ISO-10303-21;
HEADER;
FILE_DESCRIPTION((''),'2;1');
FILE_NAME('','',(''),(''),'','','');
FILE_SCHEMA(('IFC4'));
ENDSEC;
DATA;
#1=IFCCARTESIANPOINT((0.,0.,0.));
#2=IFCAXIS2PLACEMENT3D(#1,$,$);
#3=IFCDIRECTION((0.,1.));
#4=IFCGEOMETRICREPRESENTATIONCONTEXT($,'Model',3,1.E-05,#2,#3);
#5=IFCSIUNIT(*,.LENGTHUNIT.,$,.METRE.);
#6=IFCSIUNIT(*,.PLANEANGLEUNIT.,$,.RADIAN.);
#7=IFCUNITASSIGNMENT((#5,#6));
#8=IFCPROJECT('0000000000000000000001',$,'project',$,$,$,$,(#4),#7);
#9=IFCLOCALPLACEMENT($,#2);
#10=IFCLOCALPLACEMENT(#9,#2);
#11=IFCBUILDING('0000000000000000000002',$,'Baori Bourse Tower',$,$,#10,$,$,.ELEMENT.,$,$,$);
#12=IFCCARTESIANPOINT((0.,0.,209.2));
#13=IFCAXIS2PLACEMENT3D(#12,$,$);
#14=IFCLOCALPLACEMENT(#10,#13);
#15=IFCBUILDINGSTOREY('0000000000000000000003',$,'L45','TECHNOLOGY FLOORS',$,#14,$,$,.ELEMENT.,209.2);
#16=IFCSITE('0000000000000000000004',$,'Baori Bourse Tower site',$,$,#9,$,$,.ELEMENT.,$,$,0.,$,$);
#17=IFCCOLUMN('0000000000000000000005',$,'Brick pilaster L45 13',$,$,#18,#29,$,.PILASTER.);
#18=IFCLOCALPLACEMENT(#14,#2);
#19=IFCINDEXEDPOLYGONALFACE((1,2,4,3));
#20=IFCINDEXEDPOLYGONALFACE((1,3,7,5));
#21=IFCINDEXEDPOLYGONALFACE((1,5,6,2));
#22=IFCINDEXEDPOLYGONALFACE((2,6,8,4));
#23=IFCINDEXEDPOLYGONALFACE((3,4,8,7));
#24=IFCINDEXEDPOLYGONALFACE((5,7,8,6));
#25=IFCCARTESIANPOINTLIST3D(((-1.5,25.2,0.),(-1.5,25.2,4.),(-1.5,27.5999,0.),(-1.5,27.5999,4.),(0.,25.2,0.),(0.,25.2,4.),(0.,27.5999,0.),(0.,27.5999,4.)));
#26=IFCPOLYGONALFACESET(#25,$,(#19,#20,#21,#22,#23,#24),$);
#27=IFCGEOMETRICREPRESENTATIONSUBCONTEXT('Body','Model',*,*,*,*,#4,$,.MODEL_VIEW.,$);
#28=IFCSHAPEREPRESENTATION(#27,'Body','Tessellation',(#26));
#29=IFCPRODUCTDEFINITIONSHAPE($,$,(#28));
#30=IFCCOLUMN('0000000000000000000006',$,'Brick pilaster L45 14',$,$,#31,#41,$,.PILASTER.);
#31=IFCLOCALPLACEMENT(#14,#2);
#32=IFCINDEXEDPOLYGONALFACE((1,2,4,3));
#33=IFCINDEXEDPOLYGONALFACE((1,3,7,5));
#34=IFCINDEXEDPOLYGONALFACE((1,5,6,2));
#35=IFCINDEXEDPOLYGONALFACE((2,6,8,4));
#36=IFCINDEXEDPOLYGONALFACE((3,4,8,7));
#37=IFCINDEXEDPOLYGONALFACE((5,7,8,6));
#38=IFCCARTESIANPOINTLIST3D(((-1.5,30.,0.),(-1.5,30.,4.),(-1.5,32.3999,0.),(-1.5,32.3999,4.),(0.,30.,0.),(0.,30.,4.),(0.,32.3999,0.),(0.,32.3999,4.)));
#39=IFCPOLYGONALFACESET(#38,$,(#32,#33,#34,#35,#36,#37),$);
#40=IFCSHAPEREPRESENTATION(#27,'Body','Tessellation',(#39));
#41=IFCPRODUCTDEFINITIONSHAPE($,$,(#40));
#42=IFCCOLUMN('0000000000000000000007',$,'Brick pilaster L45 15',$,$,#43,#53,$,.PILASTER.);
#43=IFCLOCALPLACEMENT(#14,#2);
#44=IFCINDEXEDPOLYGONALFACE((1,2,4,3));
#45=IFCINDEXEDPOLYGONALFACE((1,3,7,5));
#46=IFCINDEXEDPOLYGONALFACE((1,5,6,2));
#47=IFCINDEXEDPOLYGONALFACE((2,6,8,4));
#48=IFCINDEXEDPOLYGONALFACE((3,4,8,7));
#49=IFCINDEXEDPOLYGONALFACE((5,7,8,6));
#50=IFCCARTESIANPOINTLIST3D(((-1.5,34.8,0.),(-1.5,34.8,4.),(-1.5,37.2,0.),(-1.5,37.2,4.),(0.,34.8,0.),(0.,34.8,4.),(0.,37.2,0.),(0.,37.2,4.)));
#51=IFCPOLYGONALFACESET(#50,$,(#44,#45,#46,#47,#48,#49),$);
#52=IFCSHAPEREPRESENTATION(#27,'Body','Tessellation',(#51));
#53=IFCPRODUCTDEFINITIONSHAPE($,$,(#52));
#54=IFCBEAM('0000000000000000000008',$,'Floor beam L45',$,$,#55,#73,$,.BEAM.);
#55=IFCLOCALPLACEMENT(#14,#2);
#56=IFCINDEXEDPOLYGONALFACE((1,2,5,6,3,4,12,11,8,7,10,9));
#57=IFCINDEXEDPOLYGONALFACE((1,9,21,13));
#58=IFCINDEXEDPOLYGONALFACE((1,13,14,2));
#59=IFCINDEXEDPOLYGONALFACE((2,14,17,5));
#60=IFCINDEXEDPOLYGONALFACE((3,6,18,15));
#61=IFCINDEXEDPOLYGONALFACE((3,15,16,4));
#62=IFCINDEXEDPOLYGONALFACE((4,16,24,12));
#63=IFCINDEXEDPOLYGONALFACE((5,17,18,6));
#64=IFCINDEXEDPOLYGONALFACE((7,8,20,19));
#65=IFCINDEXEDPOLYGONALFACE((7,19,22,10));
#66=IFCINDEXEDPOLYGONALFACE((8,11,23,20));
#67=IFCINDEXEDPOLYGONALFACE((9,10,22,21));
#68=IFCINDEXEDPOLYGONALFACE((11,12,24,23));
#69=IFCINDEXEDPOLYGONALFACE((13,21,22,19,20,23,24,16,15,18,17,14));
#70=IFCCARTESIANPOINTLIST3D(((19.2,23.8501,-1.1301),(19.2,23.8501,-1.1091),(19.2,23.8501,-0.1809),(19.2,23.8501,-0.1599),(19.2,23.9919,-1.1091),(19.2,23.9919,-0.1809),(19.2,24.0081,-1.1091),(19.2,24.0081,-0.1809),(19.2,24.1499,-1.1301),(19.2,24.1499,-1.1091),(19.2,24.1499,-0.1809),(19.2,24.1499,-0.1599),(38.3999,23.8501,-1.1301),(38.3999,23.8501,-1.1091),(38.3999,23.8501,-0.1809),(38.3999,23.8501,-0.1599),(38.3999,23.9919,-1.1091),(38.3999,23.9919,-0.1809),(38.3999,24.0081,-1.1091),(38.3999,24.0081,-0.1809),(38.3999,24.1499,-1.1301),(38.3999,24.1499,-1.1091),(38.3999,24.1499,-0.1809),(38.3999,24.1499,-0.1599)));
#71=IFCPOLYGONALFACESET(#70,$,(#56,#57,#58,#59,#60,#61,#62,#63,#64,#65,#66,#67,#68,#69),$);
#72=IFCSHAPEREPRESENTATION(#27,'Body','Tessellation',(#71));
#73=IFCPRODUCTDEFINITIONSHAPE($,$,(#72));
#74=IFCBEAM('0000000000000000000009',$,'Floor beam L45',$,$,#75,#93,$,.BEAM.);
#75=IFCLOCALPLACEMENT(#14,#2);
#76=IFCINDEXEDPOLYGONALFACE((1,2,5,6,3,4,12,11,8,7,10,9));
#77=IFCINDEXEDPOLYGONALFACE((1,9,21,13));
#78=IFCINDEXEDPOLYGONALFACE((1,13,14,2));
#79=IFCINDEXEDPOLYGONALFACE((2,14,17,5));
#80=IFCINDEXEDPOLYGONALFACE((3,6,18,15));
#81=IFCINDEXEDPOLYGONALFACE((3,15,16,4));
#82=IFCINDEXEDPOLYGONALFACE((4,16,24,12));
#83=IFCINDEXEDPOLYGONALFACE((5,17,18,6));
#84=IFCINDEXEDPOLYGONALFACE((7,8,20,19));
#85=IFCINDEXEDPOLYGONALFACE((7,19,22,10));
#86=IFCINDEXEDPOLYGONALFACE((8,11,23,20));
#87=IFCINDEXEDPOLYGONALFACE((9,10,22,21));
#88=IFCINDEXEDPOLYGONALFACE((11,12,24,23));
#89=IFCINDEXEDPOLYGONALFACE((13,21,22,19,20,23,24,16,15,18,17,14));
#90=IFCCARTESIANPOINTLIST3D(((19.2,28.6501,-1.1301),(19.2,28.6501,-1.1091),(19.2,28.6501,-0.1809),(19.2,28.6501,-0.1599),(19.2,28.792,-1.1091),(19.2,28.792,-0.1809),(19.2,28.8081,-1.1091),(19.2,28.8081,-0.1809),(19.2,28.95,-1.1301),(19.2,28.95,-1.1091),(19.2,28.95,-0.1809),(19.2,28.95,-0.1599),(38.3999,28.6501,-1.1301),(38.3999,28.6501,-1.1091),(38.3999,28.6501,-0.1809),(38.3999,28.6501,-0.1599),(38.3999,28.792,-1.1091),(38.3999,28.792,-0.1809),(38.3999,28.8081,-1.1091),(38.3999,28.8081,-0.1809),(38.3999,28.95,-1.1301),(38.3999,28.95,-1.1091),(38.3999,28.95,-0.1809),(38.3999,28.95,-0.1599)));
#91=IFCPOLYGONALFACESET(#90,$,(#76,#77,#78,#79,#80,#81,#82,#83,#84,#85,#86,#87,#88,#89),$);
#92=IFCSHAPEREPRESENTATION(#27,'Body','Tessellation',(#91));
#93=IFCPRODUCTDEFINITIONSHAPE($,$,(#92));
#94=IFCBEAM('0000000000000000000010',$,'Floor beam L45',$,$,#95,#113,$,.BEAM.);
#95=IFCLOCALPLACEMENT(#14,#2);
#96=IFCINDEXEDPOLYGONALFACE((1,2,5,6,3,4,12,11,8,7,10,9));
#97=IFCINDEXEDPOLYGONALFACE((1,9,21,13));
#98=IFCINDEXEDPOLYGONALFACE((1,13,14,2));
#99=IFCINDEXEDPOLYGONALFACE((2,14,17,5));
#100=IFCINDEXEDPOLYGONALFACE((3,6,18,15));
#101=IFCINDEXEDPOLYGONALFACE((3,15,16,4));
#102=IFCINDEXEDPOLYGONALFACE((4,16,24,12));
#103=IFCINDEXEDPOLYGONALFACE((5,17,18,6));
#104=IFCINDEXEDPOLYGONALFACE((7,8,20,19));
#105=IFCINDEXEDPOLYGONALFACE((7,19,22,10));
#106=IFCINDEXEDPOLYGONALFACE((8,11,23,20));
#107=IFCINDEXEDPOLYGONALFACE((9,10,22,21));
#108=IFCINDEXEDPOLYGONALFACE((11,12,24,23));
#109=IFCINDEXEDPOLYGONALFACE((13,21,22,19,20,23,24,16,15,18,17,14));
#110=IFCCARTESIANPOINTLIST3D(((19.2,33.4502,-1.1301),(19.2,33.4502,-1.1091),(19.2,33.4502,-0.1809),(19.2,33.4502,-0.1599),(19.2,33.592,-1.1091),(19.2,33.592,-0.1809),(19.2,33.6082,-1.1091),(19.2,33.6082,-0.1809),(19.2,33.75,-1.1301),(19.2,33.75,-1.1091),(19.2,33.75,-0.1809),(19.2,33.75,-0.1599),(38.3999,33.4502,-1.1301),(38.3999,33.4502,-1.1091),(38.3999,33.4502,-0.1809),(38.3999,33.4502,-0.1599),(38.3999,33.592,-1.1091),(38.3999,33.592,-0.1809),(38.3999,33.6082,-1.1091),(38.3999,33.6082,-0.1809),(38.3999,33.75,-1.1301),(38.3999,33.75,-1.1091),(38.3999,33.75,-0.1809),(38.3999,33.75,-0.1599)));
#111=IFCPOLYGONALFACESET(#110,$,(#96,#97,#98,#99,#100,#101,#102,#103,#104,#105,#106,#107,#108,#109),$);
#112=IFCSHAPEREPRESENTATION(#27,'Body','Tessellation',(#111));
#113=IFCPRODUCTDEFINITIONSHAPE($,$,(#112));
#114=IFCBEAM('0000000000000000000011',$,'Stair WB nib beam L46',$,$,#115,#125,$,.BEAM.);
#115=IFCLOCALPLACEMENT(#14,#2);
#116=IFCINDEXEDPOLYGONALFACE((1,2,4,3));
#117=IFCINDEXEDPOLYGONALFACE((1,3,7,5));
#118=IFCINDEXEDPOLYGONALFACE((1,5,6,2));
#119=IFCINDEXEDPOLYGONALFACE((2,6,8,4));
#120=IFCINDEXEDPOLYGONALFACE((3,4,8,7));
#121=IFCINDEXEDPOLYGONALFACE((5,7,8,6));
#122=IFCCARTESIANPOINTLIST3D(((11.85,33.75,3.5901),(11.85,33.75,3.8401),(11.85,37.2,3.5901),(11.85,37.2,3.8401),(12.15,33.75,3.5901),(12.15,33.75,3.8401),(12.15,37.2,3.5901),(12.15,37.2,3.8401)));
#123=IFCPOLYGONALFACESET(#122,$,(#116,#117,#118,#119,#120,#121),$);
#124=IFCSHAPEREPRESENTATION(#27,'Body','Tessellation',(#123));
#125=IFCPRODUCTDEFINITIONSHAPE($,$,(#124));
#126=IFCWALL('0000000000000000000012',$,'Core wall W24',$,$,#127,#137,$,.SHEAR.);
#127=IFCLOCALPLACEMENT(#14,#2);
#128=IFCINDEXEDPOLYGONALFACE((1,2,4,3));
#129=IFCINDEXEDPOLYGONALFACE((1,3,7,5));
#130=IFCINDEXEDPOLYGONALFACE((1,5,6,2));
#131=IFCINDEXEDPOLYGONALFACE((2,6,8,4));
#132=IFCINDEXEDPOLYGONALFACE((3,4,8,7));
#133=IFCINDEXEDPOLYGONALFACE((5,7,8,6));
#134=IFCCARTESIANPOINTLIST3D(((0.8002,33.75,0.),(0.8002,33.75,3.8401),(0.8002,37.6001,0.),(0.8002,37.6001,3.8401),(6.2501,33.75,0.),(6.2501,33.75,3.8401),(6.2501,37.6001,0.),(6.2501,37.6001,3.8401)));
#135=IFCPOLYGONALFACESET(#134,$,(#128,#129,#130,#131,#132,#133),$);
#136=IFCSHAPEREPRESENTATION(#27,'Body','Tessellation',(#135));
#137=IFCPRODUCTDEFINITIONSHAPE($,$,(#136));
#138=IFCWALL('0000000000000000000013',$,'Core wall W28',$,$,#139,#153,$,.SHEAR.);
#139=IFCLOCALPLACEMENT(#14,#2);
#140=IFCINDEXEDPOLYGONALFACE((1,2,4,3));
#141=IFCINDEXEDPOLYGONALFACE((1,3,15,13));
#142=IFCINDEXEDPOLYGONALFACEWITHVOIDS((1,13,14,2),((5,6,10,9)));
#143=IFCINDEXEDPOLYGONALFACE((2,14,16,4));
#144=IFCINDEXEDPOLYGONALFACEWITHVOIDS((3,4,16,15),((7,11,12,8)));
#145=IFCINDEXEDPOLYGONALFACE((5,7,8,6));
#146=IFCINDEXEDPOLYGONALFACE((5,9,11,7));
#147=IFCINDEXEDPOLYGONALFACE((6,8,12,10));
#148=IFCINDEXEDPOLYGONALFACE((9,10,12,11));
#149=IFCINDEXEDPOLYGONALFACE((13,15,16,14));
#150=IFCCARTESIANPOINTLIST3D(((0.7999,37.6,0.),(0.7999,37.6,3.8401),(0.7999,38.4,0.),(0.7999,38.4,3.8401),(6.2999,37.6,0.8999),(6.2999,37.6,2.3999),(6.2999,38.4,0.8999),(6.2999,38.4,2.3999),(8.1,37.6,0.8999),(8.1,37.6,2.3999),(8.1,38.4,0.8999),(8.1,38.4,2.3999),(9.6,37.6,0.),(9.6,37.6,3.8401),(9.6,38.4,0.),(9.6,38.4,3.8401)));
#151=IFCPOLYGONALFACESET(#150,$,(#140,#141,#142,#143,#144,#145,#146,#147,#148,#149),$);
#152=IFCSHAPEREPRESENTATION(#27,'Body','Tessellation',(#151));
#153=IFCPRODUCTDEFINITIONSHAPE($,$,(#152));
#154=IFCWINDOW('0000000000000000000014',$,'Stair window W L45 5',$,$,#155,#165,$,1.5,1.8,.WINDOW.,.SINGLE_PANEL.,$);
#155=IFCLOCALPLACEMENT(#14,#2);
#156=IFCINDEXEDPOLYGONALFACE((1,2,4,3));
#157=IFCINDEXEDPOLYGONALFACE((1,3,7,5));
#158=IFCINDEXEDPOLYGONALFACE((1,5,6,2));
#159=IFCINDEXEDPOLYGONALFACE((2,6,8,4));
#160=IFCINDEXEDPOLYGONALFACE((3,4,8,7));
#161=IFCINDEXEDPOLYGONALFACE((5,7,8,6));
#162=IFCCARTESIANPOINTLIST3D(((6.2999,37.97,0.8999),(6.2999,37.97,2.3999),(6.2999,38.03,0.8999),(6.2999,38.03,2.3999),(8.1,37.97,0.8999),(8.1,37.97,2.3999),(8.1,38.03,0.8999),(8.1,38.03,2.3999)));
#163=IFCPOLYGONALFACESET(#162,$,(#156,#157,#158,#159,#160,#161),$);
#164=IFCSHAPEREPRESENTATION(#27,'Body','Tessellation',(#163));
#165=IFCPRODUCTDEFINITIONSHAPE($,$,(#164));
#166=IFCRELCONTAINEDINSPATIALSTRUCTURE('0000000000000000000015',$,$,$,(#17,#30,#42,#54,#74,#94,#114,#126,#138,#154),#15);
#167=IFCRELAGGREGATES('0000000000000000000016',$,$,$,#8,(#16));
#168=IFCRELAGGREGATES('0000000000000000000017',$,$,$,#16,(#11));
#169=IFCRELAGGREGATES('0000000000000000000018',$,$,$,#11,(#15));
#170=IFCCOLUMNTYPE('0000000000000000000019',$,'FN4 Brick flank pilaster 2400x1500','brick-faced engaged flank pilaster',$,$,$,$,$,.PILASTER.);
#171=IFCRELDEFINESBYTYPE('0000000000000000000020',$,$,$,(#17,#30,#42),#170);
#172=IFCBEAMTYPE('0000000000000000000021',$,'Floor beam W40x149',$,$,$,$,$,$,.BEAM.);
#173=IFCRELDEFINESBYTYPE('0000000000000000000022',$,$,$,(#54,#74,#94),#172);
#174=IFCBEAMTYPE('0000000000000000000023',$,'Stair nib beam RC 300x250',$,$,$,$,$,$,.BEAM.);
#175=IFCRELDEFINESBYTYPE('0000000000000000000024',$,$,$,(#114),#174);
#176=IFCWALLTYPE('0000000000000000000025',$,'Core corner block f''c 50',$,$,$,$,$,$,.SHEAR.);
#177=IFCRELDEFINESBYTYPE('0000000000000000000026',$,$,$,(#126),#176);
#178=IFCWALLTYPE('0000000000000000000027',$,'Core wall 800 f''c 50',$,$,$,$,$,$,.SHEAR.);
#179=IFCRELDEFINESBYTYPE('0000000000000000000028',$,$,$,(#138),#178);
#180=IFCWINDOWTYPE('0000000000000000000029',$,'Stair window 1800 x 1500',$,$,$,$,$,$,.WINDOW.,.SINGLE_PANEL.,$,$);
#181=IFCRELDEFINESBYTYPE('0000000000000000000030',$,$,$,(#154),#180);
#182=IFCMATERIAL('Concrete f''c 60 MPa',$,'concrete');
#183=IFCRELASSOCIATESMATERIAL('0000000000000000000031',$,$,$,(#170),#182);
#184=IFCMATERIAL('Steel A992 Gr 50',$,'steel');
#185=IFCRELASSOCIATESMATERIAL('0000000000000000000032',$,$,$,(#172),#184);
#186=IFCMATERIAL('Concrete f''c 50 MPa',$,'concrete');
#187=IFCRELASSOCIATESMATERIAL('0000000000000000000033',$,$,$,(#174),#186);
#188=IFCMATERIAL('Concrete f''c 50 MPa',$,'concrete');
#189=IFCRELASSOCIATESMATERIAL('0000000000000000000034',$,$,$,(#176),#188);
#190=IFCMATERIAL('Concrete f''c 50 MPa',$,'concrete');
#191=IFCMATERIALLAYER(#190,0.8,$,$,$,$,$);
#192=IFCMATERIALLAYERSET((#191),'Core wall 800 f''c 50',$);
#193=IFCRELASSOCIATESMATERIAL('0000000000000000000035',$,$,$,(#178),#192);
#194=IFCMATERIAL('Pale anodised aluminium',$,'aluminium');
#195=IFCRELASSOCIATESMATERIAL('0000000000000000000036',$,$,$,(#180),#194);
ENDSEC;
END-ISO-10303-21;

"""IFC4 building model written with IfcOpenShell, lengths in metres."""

from ifc_helpers import new_model, si_unit, direction, frame, frame_2d, origin, origin_2d, place, context, subcontext, project, spatial, rectangle, i_section, extrude, material, layer, layer_set, material_profile, profile_set, type_object, element, fill, save


model = new_model("IFC4")

# Units and contexts
model_context = context("Model", 3, precision=1e-05, world=origin(), true_north=direction((0.0, 1.0)))
body_context = subcontext(model_context, "Body", "Model", "MODEL_VIEW")
ifc_project = project(units=[si_unit("LENGTHUNIT", "METRE"), si_unit("PLANEANGLEUNIT", "RADIAN")], contexts=[model_context])

# Site, building, storey
site_placement = place(None, origin())
site = spatial("IfcSite", under=ifc_project, at=site_placement, Name="Baori Bourse Tower site", CompositionType="ELEMENT", RefElevation=0.0)
building_placement = place(site_placement, origin())
building = spatial("IfcBuilding", under=site, at=building_placement, Name="Baori Bourse Tower", CompositionType="ELEMENT")
storey_placement = place(building_placement, frame((0.0, 0.0, 209.2)))
storey = spatial("IfcBuildingStorey", under=building, at=storey_placement, Name="L45", Description="TECHNOLOGY FLOORS", CompositionType="ELEMENT", Elevation=209.2)

# Columns
ifc_material_1 = material(Name="Concrete f'c 60 MPa", Category="concrete")
ifc_material_profile_1 = material_profile(ifc_material_1, rectangle(XDim=2.3999, YDim=1.5, at=origin_2d()), Name="RC 2400x1500")
ifc_profile_set_1 = profile_set([ifc_material_profile_1], Name="Concrete f'c 60 MPa")
column_type = type_object("IfcColumnType", Name="FN4 Brick flank pilaster 2400x1500", Description="brick-faced engaged flank pilaster", PredefinedType="PILASTER", material=ifc_profile_set_1)
for number, where, z_axis, x_axis, name in (
    (1, (-0.75, 26.3999, 0.0), (0.0, 0.0, 1.0), (0.0, 1.0, 0.0), "Brick pilaster L45 13"),
    (2, (-0.75, 31.2, 0.0), (0.0, 0.0, 1.0), (0.0, 1.0, 0.0), "Brick pilaster L45 14"),
    (3, (-0.75, 36.0, 0.0), (0.0, 0.0, 1.0), (0.0, 1.0, 0.0), "Brick pilaster L45 15"),
):
    element("IfcColumn", number, at=place(storey_placement, frame(where, z_axis=z_axis, x_axis=x_axis)), inside=storey, type_object=column_type, Name=name, PredefinedType="PILASTER", context=body_context, shape_type="SweptSolid", body=[
        extrude(rectangle(XDim=2.3999, YDim=1.5, at=origin_2d()), origin(), (0.0, 0.0, 1.0), 4.0),
    ])

# Beams
ifc_material_2 = material(Name="Steel A992 Gr 50", Category="steel")
ifc_material_profile_2 = material_profile(ifc_material_2, i_section(OverallWidth=0.2998, OverallDepth=0.9702, WebThickness=0.0161, FlangeThickness=0.021, at=origin_2d()), Name="W40x149")
ifc_profile_set_2 = profile_set([ifc_material_profile_2], Name="Steel A992 Gr 50")
beam_type_1 = type_object("IfcBeamType", Name="Floor beam W40x149", PredefinedType="BEAM", material=ifc_profile_set_2)
for number, where, z_axis, x_axis, name in (
    (4, (19.2, 24.0, -0.645), (1.0, 0.0, 0.0), (0.0, 1.0, 0.0), "Floor beam L45"),
    (5, (19.2, 28.8, -0.645), (1.0, 0.0, 0.0), (0.0, 1.0, 0.0), "Floor beam L45"),
    (6, (19.2, 33.6001, -0.645), (1.0, 0.0, 0.0), (0.0, 1.0, 0.0), "Floor beam L45"),
):
    element("IfcBeam", number, at=place(storey_placement, frame(where, z_axis=z_axis, x_axis=x_axis)), inside=storey, type_object=beam_type_1, Name=name, PredefinedType="BEAM", context=body_context, shape_type="SweptSolid", body=[
        extrude(i_section(OverallWidth=0.2998, OverallDepth=0.9702, WebThickness=0.0161, FlangeThickness=0.021, at=origin_2d()), origin(), (0.0, 0.0, 1.0), 19.2),
    ])
ifc_material_3 = material(Name="Concrete f'c 50 MPa", Category="concrete")
ifc_material_profile_3 = material_profile(ifc_material_3, rectangle(XDim=0.3, YDim=0.25, at=origin_2d()), Name="RC 300x250")
ifc_profile_set_3 = profile_set([ifc_material_profile_3], Name="Concrete f'c 50 MPa")
beam_type_2 = type_object("IfcBeamType", Name="Stair nib beam RC 300x250", PredefinedType="BEAM", material=ifc_profile_set_3)
beam_placement = place(storey_placement, frame((12.0, 33.75, 3.7151), z_axis=(0.0, 1.0, 0.0), x_axis=(-1.0, 0.0, 0.0)))
element("IfcBeam", 7, at=beam_placement, inside=storey, type_object=beam_type_2, Name="Stair WB nib beam L46", PredefinedType="BEAM", context=body_context, shape_type="SweptSolid", body=[
    extrude(rectangle(XDim=0.3, YDim=0.25, at=origin_2d()), origin(), (0.0, 0.0, 1.0), 3.45),
])

# Wall
ifc_material_4 = material(Name="Concrete f'c 50 MPa", Category="concrete")
wall_type_1 = type_object("IfcWallType", Name="Core corner block f'c 50", PredefinedType="SHEAR", material=ifc_material_4)
wall_1_placement = place(storey_placement, frame((0.8, 35.675, 0.0), z_axis=(0.0, 0.0, 1.0), x_axis=(1.0, 0.0, 0.0)))
element("IfcWall", 8, at=wall_1_placement, inside=storey, type_object=wall_type_1, Name="Core wall W24", PredefinedType="SHEAR", context=body_context, shape_type="SweptSolid", body=[
    extrude(rectangle(XDim=5.45, YDim=3.8501, at=frame_2d((2.7251, 0.0))), origin(), (0.0, 0.0, 1.0), 3.8401),
])

# Wall, opening, window
ifc_material_5 = material(Name="Concrete f'c 50 MPa", Category="concrete")
ifc_layer_1 = layer(ifc_material_5, 0.8)
ifc_layer_set_1 = layer_set([ifc_layer_1], Name="Core wall 800 f'c 50")
wall_type_2 = type_object("IfcWallType", Name="Core wall 800 f'c 50", PredefinedType="SHEAR", material=ifc_layer_set_1)
wall_2_placement = place(storey_placement, frame((0.8, 38.0, 0.0), z_axis=(0.0, 0.0, 1.0), x_axis=(1.0, 0.0, 0.0)))
wall_2 = element("IfcWall", 9, at=wall_2_placement, inside=storey, type_object=wall_type_2, Name="Core wall W28", PredefinedType="SHEAR", context=body_context, shape_type="SweptSolid", body=[
    extrude(rectangle(XDim=8.8, YDim=0.8, at=frame_2d((4.3999, 0.0))), origin(), (0.0, 0.0, 1.0), 3.8401),
])
opening_1_placement = place(wall_2_placement, frame((5.5, 0.0, 0.8999)))
opening_1 = element("IfcOpeningElement", 10, at=opening_1_placement, cuts=wall_2, PredefinedType="OPENING", context=body_context, shape_type="SweptSolid", body=[
    extrude(rectangle(XDim=1.8, YDim=1.5, at=frame_2d((0.8999, 0.75))), frame((0.0, 0.4099, 0.0), z_axis=(0.0, -1.0, 0.0), x_axis=(1.0, 0.0, 0.0)), (0.0, 0.0, 1.0), 0.8201),
])
ifc_material_6 = material(Name="Pale anodised aluminium", Category="aluminium")
window_type = type_object("IfcWindowType", Name="Stair window 1800 x 1500", PartitioningType="SINGLE_PANEL", PredefinedType="WINDOW", material=ifc_material_6)
window_placement = place(opening_1_placement, origin())
window = element("IfcWindow", 11, at=window_placement, inside=storey, type_object=window_type, Name="Stair window W L45 5", OverallHeight=1.5, OverallWidth=1.8, PartitioningType="SINGLE_PANEL", PredefinedType="WINDOW", context=body_context, shape_type="SweptSolid", body=[
    extrude(rectangle(XDim=1.8, YDim=1.5, at=frame_2d((0.8999, 0.75))), frame((0.0, 0.03, 0.0), z_axis=(0.0, -1.0, 0.0), x_axis=(1.0, 0.0, 0.0)), (0.0, 0.0, 1.0), 0.0601),
])
fill(opening_1, window)

save(model, "model.ifc")
